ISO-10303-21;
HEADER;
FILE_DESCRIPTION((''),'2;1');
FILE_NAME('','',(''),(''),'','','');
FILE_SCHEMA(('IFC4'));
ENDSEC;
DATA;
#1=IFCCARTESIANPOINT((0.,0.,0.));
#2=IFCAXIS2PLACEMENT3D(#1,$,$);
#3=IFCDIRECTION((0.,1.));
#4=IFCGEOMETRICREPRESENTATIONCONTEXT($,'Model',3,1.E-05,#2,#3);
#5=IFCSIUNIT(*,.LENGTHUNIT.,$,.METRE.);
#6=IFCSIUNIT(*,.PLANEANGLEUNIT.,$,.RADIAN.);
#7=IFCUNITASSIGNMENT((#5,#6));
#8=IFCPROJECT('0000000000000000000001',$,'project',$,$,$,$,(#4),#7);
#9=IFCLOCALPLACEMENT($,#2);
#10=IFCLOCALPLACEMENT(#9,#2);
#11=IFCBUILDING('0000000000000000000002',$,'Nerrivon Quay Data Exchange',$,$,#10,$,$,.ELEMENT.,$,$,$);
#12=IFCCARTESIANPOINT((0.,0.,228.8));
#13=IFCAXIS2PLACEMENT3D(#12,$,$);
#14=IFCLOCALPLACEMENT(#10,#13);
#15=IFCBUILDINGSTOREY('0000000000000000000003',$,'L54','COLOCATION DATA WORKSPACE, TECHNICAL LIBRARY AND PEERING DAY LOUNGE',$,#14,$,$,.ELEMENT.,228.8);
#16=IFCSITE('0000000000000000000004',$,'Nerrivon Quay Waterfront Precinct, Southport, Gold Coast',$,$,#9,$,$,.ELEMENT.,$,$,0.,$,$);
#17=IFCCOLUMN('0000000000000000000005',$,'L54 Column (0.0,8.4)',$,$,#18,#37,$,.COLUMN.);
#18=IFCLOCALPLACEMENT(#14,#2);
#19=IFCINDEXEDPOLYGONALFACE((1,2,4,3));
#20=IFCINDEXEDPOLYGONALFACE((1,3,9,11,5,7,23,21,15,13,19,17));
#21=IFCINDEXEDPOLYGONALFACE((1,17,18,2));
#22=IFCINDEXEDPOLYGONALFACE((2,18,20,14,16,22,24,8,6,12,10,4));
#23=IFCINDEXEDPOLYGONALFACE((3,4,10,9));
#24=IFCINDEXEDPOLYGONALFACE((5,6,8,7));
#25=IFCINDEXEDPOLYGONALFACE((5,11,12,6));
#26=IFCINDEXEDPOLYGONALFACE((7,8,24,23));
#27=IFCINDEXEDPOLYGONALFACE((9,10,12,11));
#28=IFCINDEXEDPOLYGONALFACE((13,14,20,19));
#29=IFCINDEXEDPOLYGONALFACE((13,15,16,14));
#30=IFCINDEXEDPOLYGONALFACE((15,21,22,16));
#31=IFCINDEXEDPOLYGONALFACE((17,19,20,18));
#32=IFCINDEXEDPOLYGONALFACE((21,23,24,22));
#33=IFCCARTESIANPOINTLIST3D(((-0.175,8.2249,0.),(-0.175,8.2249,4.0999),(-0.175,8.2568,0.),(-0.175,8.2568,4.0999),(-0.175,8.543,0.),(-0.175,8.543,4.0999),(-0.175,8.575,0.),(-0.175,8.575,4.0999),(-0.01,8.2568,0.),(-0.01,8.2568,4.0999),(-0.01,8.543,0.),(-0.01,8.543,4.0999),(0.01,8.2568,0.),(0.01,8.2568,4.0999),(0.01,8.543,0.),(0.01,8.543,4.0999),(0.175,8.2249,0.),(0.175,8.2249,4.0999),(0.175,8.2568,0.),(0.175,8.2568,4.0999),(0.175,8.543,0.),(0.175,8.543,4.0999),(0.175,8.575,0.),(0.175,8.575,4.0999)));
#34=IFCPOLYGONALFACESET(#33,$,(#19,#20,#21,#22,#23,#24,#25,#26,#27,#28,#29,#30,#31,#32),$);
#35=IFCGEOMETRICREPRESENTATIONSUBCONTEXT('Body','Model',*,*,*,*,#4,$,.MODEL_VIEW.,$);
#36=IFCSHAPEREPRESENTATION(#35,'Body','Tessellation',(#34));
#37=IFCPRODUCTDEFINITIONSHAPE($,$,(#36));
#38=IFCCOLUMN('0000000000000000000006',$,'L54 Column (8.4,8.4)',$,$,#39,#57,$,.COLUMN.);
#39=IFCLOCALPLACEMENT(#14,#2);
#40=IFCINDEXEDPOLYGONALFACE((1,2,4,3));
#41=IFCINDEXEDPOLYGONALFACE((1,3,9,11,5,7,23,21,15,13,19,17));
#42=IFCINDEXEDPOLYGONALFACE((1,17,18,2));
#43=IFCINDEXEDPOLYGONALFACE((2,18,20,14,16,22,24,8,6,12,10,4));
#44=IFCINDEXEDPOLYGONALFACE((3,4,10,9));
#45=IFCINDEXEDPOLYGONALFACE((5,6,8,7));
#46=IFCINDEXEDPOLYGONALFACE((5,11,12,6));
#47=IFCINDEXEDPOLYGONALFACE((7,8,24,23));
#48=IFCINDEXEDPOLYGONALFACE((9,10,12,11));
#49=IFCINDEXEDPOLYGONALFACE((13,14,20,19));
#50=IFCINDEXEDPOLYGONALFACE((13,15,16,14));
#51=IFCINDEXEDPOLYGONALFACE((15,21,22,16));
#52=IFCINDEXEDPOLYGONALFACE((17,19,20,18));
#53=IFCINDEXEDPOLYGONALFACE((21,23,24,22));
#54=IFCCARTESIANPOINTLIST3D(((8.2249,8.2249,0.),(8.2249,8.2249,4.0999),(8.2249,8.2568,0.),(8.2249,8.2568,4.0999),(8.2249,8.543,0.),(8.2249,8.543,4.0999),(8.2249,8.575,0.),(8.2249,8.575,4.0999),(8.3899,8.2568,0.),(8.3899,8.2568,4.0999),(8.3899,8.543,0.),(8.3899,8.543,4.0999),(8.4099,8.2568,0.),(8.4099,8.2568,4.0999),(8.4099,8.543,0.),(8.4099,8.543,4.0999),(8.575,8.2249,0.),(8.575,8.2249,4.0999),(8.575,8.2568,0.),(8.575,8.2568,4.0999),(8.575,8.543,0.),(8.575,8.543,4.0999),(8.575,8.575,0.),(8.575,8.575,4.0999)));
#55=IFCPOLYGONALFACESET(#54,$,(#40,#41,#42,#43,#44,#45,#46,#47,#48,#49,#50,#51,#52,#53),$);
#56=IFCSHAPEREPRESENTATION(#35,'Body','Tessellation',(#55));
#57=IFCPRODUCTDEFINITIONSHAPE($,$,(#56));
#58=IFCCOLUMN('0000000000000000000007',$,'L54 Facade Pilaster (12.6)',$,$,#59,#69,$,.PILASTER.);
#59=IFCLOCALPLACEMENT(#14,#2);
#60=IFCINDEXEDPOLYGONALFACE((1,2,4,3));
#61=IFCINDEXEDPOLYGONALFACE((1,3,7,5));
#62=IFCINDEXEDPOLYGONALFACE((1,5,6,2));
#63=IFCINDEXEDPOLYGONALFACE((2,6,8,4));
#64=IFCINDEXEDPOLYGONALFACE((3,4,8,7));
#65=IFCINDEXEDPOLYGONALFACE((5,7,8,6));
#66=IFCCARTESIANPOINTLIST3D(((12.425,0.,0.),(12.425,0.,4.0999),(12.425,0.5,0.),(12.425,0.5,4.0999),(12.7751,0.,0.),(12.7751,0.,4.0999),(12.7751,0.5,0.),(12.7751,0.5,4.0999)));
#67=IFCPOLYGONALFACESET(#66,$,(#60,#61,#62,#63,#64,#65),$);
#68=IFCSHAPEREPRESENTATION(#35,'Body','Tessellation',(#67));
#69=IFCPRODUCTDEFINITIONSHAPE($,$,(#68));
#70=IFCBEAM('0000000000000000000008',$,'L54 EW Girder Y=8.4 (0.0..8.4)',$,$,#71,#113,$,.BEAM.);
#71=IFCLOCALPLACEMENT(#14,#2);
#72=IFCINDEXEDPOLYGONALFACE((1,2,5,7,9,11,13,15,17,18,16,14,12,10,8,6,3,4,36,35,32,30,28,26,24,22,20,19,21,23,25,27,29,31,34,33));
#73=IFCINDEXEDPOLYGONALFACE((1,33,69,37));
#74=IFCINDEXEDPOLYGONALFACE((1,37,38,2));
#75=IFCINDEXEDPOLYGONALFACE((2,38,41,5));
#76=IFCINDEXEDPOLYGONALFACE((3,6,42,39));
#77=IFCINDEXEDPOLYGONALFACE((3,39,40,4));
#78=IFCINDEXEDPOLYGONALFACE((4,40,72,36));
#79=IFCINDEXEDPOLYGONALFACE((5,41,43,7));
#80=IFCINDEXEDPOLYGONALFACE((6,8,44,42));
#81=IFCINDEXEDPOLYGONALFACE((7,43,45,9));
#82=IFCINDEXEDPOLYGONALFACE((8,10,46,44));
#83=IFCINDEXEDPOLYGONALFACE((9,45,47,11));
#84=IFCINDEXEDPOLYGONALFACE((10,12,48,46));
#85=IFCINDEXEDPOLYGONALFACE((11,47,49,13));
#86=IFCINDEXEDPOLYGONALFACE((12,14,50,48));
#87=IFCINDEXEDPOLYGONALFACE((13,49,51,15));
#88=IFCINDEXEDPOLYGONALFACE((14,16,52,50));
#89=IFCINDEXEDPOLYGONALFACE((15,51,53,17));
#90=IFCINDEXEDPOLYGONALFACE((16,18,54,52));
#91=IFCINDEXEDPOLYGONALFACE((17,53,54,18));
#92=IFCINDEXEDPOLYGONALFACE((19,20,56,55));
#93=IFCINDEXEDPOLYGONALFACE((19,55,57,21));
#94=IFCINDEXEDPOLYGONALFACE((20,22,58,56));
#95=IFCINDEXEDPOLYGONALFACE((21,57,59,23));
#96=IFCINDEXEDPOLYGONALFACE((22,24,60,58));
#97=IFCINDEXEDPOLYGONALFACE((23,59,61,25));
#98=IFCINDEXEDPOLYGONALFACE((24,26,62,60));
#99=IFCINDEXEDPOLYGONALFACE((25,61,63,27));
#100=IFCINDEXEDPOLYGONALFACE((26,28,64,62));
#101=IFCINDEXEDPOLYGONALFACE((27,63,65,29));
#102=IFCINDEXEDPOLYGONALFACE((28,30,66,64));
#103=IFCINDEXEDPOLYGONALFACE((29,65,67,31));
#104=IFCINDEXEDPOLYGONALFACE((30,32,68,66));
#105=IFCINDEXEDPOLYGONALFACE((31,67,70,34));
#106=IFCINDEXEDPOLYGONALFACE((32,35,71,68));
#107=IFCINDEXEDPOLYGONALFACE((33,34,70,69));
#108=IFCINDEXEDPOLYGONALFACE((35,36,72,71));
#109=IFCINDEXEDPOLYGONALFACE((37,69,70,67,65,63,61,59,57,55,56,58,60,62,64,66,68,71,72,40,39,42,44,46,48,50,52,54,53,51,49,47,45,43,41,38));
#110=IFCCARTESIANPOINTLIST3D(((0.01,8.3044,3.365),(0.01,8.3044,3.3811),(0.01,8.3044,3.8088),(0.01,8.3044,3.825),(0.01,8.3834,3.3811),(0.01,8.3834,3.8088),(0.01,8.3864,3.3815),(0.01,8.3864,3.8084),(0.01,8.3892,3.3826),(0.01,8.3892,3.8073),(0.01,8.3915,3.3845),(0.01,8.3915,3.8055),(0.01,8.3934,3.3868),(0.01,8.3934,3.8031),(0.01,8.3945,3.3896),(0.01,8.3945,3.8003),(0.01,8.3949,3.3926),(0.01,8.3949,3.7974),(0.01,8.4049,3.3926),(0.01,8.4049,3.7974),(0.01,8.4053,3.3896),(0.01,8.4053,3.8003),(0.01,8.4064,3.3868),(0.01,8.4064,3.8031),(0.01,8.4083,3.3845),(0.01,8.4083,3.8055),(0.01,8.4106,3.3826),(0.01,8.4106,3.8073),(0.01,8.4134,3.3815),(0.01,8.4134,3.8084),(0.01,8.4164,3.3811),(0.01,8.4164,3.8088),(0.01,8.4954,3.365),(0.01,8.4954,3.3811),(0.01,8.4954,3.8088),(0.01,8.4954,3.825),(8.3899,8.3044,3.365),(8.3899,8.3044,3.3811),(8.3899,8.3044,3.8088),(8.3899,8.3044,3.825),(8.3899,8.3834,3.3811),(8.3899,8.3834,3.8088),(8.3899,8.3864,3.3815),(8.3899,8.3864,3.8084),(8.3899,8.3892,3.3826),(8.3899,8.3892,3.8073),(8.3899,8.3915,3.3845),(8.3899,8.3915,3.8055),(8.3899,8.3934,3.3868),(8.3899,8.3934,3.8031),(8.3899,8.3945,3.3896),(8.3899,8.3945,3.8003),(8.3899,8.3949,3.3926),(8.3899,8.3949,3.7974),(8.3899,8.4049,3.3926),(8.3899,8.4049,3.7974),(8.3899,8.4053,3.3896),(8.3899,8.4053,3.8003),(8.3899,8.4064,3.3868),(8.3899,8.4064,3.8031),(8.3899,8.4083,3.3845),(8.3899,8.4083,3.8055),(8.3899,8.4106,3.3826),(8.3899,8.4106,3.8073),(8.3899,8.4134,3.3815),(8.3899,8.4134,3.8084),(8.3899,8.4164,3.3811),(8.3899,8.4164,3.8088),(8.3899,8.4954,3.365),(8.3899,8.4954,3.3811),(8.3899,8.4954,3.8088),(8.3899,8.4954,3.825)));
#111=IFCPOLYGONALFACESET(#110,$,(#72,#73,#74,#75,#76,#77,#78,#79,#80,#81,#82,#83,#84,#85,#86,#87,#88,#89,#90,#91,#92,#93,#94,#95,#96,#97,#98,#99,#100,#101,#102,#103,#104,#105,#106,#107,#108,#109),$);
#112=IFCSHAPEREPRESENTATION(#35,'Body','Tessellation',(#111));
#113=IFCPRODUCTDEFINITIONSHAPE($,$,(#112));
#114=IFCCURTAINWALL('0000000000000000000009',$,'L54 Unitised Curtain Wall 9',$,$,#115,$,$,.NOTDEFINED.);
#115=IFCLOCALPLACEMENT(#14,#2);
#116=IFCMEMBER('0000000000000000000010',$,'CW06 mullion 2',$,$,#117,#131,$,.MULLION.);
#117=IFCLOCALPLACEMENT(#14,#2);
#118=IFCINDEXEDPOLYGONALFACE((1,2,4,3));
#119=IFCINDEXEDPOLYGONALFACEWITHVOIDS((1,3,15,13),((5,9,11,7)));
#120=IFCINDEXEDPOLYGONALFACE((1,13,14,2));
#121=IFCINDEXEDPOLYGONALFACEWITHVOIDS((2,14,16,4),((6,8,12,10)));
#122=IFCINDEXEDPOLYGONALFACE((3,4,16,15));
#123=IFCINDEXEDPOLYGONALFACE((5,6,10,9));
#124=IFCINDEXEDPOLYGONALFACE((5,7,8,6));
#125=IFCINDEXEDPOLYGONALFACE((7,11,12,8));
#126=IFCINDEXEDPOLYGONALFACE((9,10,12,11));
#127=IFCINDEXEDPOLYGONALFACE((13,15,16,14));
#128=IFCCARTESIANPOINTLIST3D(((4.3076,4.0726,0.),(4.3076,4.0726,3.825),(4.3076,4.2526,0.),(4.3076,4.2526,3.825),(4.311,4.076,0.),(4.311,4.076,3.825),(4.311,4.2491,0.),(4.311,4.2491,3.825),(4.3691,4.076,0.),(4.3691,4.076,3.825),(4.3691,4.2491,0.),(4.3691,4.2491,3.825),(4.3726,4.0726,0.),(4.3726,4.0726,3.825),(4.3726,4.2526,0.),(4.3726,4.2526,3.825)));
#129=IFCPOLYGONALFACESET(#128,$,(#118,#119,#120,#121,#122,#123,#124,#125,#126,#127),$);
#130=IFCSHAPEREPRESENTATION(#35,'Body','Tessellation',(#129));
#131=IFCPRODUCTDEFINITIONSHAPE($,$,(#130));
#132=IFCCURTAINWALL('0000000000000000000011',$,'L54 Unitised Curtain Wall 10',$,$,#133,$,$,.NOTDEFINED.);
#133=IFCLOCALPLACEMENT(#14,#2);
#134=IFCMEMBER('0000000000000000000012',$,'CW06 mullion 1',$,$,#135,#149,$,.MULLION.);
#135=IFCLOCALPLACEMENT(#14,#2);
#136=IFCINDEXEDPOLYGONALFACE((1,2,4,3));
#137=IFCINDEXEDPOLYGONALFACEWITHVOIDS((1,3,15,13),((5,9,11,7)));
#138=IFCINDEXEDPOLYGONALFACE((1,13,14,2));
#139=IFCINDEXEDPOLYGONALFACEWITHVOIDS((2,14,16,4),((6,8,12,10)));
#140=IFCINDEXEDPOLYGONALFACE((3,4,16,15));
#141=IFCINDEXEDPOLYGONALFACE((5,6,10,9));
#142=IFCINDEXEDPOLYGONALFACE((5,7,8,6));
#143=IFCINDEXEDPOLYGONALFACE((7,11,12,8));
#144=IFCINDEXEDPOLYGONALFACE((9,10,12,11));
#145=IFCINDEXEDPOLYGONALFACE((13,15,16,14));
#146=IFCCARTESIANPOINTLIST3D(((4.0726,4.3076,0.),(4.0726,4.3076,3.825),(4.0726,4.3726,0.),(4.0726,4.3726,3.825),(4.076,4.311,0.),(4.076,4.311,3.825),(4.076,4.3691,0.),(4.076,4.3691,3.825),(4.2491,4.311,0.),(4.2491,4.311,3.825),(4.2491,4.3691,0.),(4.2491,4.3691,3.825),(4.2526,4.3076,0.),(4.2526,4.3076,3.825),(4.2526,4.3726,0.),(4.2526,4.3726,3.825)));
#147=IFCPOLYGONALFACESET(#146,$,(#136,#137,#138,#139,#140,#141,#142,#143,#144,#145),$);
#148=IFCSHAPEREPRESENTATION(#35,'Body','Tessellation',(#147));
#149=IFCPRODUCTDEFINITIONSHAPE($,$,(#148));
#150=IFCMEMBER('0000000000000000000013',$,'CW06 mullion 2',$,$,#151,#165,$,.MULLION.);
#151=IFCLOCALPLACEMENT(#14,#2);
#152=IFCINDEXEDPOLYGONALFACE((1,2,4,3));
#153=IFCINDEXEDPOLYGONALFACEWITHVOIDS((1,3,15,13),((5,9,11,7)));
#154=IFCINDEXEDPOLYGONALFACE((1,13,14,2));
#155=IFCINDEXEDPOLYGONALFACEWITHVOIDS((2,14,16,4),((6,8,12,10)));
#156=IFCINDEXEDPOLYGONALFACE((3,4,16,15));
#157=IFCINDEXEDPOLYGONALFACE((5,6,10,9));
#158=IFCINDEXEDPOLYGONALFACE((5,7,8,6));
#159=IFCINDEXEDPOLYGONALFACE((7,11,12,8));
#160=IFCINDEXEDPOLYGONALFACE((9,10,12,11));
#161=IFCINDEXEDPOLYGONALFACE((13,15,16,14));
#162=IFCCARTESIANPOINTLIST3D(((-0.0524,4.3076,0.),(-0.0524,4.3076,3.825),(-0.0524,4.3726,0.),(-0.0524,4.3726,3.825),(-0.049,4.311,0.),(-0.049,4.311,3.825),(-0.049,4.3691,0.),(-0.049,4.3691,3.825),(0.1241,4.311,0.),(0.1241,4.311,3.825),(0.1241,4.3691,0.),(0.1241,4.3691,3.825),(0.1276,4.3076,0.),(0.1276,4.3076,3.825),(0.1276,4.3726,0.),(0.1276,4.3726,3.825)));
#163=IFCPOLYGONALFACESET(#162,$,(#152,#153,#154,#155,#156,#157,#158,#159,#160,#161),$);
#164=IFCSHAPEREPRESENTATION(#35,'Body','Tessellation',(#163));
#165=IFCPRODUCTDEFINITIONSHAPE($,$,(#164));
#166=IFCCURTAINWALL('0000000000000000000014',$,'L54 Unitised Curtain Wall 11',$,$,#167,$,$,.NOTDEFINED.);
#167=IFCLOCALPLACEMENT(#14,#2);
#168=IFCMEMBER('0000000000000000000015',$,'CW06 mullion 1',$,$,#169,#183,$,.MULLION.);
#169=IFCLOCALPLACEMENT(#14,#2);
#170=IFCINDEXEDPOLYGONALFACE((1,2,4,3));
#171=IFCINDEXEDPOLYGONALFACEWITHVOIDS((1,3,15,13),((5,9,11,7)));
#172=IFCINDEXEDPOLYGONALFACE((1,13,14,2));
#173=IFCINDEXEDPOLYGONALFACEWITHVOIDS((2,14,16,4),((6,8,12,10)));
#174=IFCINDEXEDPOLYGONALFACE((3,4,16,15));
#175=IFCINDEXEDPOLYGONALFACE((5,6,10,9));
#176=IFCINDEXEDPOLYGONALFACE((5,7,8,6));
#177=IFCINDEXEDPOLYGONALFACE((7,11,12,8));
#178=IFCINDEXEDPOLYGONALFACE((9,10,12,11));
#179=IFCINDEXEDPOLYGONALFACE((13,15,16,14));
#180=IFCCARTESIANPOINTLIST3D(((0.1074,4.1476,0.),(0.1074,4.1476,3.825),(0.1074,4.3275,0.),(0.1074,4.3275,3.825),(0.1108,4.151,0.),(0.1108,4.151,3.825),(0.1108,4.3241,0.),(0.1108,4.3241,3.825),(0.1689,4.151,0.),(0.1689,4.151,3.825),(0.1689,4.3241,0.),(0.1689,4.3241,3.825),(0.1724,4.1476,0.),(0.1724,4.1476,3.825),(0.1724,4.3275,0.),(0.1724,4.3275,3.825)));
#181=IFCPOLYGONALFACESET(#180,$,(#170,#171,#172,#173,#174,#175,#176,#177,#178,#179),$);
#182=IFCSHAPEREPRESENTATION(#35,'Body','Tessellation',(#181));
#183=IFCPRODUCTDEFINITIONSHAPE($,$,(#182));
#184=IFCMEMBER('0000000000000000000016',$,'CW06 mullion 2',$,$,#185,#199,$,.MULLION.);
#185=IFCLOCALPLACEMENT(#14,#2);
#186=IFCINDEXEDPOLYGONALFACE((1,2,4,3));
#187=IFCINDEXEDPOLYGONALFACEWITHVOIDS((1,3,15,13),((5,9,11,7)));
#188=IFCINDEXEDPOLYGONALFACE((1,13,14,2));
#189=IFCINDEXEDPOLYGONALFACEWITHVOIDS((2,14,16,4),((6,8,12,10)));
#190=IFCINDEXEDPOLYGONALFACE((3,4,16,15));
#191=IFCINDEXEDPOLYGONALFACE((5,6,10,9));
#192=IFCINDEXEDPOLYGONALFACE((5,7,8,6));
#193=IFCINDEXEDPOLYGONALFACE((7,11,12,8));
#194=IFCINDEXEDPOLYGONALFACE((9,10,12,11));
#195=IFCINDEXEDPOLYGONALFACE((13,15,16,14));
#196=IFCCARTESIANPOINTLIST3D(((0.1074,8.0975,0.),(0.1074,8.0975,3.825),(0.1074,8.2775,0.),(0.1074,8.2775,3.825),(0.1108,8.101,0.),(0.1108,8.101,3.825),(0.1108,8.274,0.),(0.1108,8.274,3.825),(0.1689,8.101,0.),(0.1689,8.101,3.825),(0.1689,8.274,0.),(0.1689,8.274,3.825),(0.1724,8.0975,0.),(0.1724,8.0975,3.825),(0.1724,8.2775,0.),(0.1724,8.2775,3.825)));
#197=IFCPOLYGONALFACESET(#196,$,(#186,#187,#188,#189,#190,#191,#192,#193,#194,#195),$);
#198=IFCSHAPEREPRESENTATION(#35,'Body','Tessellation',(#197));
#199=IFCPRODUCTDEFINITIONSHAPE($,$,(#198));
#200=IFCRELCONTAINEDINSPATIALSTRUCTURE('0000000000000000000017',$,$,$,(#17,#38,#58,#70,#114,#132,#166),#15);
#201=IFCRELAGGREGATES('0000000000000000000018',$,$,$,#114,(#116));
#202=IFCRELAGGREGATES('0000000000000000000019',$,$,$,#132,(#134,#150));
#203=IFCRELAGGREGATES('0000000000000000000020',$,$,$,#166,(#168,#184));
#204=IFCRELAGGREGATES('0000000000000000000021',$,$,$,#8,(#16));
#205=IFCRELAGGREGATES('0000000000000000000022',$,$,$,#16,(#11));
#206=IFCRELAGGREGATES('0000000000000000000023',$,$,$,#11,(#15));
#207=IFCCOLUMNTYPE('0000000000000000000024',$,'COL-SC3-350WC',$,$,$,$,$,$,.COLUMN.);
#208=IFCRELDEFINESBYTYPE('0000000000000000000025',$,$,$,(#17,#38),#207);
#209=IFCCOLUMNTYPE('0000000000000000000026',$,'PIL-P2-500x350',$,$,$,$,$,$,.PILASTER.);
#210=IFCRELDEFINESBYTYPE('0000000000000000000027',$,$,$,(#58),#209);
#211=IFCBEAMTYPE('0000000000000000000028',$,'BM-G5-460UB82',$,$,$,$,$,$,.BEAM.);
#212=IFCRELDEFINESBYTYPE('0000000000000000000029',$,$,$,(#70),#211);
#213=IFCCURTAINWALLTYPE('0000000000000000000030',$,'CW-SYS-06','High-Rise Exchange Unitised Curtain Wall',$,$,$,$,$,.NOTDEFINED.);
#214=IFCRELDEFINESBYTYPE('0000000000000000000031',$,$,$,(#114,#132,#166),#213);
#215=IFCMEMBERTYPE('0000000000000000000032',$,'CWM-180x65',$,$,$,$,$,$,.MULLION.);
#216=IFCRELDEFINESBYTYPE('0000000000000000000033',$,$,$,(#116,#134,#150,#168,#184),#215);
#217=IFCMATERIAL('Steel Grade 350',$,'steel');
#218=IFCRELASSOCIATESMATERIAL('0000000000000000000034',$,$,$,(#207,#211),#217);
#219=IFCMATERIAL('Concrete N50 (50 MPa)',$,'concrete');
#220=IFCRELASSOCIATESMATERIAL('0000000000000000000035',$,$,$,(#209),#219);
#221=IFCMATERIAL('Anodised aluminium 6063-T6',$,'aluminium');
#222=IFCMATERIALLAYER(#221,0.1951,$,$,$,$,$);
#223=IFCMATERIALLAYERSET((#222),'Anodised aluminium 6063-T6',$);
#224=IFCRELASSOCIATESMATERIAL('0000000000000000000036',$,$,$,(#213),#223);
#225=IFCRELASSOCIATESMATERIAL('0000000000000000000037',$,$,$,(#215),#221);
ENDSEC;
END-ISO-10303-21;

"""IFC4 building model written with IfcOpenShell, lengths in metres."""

from ifc_helpers import new_model, si_unit, direction, frame, origin, origin_2d, place, context, subcontext, project, spatial, rectangle, hollow_rectangle, i_section, extrude, material, layer, layer_set, material_profile, profile_set, type_object, element, aggregate, save


model = new_model("IFC4")

# Units and contexts
model_context = context("Model", 3, precision=1e-05, world=origin(), true_north=direction((0.0, 1.0)))
body_context = subcontext(model_context, "Body", "Model", "MODEL_VIEW")
ifc_project = project(units=[si_unit("LENGTHUNIT", "METRE"), si_unit("PLANEANGLEUNIT", "RADIAN")], contexts=[model_context])

# Site, building, storey
site_placement = place(None, origin())
site = spatial("IfcSite", under=ifc_project, at=site_placement, Name="Nerrivon Quay Waterfront Precinct, Southport, Gold Coast", CompositionType="ELEMENT", RefElevation=0.0)
building_placement = place(site_placement, origin())
building = spatial("IfcBuilding", under=site, at=building_placement, Name="Nerrivon Quay Data Exchange", CompositionType="ELEMENT")
storey_placement = place(building_placement, frame((0.0, 0.0, 228.8)))
storey = spatial("IfcBuildingStorey", under=building, at=storey_placement, Name="L54", Description="COLOCATION DATA WORKSPACE, TECHNICAL LIBRARY AND PEERING DAY LOUNGE", CompositionType="ELEMENT", Elevation=228.8)

# Columns
ifc_material_1 = material(Name="Steel Grade 350", Category="steel")
ifc_material_profile_1 = material_profile(ifc_material_1, i_section(OverallWidth=0.3501, OverallDepth=0.3501, WebThickness=0.02, FlangeThickness=0.032, at=origin_2d()), Name="350WC230")
ifc_profile_set_1 = profile_set([ifc_material_profile_1], Name="Steel Grade 350")
column_type_1 = type_object("IfcColumnType", Name="COL-SC3-350WC", PredefinedType="COLUMN", material=ifc_profile_set_1)
for number, where, z_axis, x_axis, name in (
    (1, (0.0, 8.3999, 0.0), (0.0, 0.0, 1.0), (1.0, 0.0, 0.0), "L54 Column (0.0,8.4)"),
    (2, (8.3999, 8.3999, 0.0), (0.0, 0.0, 1.0), (1.0, 0.0, 0.0), "L54 Column (8.4,8.4)"),
):
    element("IfcColumn", number, at=place(storey_placement, frame(where, z_axis=z_axis, x_axis=x_axis)), inside=storey, type_object=column_type_1, Name=name, PredefinedType="COLUMN", context=body_context, shape_type="SweptSolid", body=[
        extrude(i_section(OverallWidth=0.3501, OverallDepth=0.3501, WebThickness=0.02, FlangeThickness=0.032, at=origin_2d()), origin(), (0.0, 0.0, 1.0), 4.0999),
    ])
ifc_material_2 = material(Name="Concrete N50 (50 MPa)", Category="concrete")
ifc_material_profile_2 = material_profile(ifc_material_2, rectangle(XDim=0.3501, YDim=0.5, at=origin_2d()), Name="RC-PIL-500x350")
ifc_profile_set_2 = profile_set([ifc_material_profile_2], Name="Concrete N50 (50 MPa)")
column_type_2 = type_object("IfcColumnType", Name="PIL-P2-500x350", PredefinedType="PILASTER", material=ifc_profile_set_2)
column_placement = place(storey_placement, frame((12.6001, 0.25, 0.0), z_axis=(0.0, 0.0, 1.0), x_axis=(1.0, 0.0, 0.0)))
element("IfcColumn", 3, at=column_placement, inside=storey, type_object=column_type_2, Name="L54 Facade Pilaster (12.6)", PredefinedType="PILASTER", context=body_context, shape_type="SweptSolid", body=[
    extrude(rectangle(XDim=0.3501, YDim=0.5, at=origin_2d()), origin(), (0.0, 0.0, 1.0), 4.0999),
])

# Beam
ifc_material_profile_3 = material_profile(ifc_material_1, i_section(OverallWidth=0.1909, OverallDepth=0.46, WebThickness=0.01, FlangeThickness=0.0161, FilletRadius=0.0115, at=origin_2d()), Name="460UB82.1")
ifc_profile_set_3 = profile_set([ifc_material_profile_3], Name="Steel Grade 350")
beam_type = type_object("IfcBeamType", Name="BM-G5-460UB82", PredefinedType="BEAM", material=ifc_profile_set_3)
beam_placement = place(storey_placement, frame((0.01, 8.3999, 3.595), z_axis=(1.0, 0.0, 0.0), x_axis=(0.0, 1.0, 0.0)))
element("IfcBeam", 4, at=beam_placement, inside=storey, type_object=beam_type, Name="L54 EW Girder Y=8.4 (0.0..8.4)", PredefinedType="BEAM", context=body_context, shape_type="SweptSolid", body=[
    extrude(i_section(OverallWidth=0.1909, OverallDepth=0.46, WebThickness=0.01, FlangeThickness=0.0161, FilletRadius=0.0115, at=origin_2d()), origin(), (0.0, 0.0, 1.0), 8.3799),
])

# Curtain wall, member
ifc_material_3 = material(Name="Anodised aluminium 6063-T6", Category="aluminium")
ifc_layer_1 = layer(ifc_material_3, 0.1951)
ifc_layer_set_1 = layer_set([ifc_layer_1], Name="Anodised aluminium 6063-T6")
curtain_wall_type = type_object("IfcCurtainWallType", Name="CW-SYS-06", Description="High-Rise Exchange Unitised Curtain Wall", PredefinedType="NOTDEFINED", material=ifc_layer_set_1)
curtain_wall_1_placement = place(storey_placement, origin())
curtain_wall_1 = element("IfcCurtainWall", 5, at=curtain_wall_1_placement, inside=storey, type_object=curtain_wall_type, Name="L54 Unitised Curtain Wall 9", PredefinedType="NOTDEFINED")
ifc_material_profile_4 = material_profile(ifc_material_3, hollow_rectangle(XDim=0.0649, YDim=0.1799, WallThickness=0.0034, at=origin_2d()), Name="ALU-MULL-180x65")
ifc_profile_set_4 = profile_set([ifc_material_profile_4], Name="Anodised aluminium 6063-T6")
member_type_1 = type_object("IfcMemberType", Name="CWM-180x65", PredefinedType="MULLION", material=ifc_profile_set_4)
member_1_placement = place(storey_placement, frame((4.3401, 4.1626, 0.0), z_axis=(0.0, 0.0, 1.0), x_axis=(-1.0, 0.0, 0.0)))
member_1 = element("IfcMember", 6, at=member_1_placement, type_object=member_type_1, Name="CW06 mullion 2", PredefinedType="MULLION", context=body_context, shape_type="SweptSolid", body=[
    extrude(hollow_rectangle(XDim=0.0649, YDim=0.1799, WallThickness=0.0034, at=origin_2d()), origin(), (0.0, 0.0, 1.0), 3.825),
])

# Curtain walls, members
curtain_wall_2_placement = place(storey_placement, origin())
curtain_wall_2 = element("IfcCurtainWall", 7, at=curtain_wall_2_placement, inside=storey, type_object=curtain_wall_type, Name="L54 Unitised Curtain Wall 10", PredefinedType="NOTDEFINED")
member_2_placement = place(storey_placement, frame((4.1626, 4.3401, 0.0), z_axis=(0.0, 0.0, 1.0), x_axis=(0.0, -1.0, 0.0)))
member_2 = element("IfcMember", 8, at=member_2_placement, type_object=member_type_1, Name="CW06 mullion 1", PredefinedType="MULLION", context=body_context, shape_type="SweptSolid", body=[
    extrude(hollow_rectangle(XDim=0.0649, YDim=0.1799, WallThickness=0.0034, at=origin_2d()), origin(), (0.0, 0.0, 1.0), 3.825),
])
member_3_placement = place(storey_placement, frame((0.0376, 4.3401, 0.0), z_axis=(0.0, 0.0, 1.0), x_axis=(0.0, -1.0, 0.0)))
member_3 = element("IfcMember", 9, at=member_3_placement, type_object=member_type_1, Name="CW06 mullion 2", PredefinedType="MULLION", context=body_context, shape_type="SweptSolid", body=[
    extrude(hollow_rectangle(XDim=0.0649, YDim=0.1799, WallThickness=0.0034, at=origin_2d()), origin(), (0.0, 0.0, 1.0), 3.825),
])
curtain_wall_3_placement = place(storey_placement, origin())
curtain_wall_3 = element("IfcCurtainWall", 10, at=curtain_wall_3_placement, inside=storey, type_object=curtain_wall_type, Name="L54 Unitised Curtain Wall 11", PredefinedType="NOTDEFINED")
member_4_placement = place(storey_placement, frame((0.1399, 4.2375, 0.0), z_axis=(0.0, 0.0, 1.0), x_axis=(-1.0, 0.0, 0.0)))
member_4 = element("IfcMember", 11, at=member_4_placement, type_object=member_type_1, Name="CW06 mullion 1", PredefinedType="MULLION", context=body_context, shape_type="SweptSolid", body=[
    extrude(hollow_rectangle(XDim=0.0649, YDim=0.1799, WallThickness=0.0034, at=origin_2d()), origin(), (0.0, 0.0, 1.0), 3.825),
])
member_5_placement = place(storey_placement, frame((0.1399, 8.1875, 0.0), z_axis=(0.0, 0.0, 1.0), x_axis=(-1.0, 0.0, 0.0)))
member_5 = element("IfcMember", 12, at=member_5_placement, type_object=member_type_1, Name="CW06 mullion 2", PredefinedType="MULLION", context=body_context, shape_type="SweptSolid", body=[
    extrude(hollow_rectangle(XDim=0.0649, YDim=0.1799, WallThickness=0.0034, at=origin_2d()), origin(), (0.0, 0.0, 1.0), 3.825),
])

aggregate(curtain_wall_1, [member_1])
aggregate(curtain_wall_2, [member_2, member_3])
aggregate(curtain_wall_3, [member_4, member_5])

save(model, "model.ifc")
